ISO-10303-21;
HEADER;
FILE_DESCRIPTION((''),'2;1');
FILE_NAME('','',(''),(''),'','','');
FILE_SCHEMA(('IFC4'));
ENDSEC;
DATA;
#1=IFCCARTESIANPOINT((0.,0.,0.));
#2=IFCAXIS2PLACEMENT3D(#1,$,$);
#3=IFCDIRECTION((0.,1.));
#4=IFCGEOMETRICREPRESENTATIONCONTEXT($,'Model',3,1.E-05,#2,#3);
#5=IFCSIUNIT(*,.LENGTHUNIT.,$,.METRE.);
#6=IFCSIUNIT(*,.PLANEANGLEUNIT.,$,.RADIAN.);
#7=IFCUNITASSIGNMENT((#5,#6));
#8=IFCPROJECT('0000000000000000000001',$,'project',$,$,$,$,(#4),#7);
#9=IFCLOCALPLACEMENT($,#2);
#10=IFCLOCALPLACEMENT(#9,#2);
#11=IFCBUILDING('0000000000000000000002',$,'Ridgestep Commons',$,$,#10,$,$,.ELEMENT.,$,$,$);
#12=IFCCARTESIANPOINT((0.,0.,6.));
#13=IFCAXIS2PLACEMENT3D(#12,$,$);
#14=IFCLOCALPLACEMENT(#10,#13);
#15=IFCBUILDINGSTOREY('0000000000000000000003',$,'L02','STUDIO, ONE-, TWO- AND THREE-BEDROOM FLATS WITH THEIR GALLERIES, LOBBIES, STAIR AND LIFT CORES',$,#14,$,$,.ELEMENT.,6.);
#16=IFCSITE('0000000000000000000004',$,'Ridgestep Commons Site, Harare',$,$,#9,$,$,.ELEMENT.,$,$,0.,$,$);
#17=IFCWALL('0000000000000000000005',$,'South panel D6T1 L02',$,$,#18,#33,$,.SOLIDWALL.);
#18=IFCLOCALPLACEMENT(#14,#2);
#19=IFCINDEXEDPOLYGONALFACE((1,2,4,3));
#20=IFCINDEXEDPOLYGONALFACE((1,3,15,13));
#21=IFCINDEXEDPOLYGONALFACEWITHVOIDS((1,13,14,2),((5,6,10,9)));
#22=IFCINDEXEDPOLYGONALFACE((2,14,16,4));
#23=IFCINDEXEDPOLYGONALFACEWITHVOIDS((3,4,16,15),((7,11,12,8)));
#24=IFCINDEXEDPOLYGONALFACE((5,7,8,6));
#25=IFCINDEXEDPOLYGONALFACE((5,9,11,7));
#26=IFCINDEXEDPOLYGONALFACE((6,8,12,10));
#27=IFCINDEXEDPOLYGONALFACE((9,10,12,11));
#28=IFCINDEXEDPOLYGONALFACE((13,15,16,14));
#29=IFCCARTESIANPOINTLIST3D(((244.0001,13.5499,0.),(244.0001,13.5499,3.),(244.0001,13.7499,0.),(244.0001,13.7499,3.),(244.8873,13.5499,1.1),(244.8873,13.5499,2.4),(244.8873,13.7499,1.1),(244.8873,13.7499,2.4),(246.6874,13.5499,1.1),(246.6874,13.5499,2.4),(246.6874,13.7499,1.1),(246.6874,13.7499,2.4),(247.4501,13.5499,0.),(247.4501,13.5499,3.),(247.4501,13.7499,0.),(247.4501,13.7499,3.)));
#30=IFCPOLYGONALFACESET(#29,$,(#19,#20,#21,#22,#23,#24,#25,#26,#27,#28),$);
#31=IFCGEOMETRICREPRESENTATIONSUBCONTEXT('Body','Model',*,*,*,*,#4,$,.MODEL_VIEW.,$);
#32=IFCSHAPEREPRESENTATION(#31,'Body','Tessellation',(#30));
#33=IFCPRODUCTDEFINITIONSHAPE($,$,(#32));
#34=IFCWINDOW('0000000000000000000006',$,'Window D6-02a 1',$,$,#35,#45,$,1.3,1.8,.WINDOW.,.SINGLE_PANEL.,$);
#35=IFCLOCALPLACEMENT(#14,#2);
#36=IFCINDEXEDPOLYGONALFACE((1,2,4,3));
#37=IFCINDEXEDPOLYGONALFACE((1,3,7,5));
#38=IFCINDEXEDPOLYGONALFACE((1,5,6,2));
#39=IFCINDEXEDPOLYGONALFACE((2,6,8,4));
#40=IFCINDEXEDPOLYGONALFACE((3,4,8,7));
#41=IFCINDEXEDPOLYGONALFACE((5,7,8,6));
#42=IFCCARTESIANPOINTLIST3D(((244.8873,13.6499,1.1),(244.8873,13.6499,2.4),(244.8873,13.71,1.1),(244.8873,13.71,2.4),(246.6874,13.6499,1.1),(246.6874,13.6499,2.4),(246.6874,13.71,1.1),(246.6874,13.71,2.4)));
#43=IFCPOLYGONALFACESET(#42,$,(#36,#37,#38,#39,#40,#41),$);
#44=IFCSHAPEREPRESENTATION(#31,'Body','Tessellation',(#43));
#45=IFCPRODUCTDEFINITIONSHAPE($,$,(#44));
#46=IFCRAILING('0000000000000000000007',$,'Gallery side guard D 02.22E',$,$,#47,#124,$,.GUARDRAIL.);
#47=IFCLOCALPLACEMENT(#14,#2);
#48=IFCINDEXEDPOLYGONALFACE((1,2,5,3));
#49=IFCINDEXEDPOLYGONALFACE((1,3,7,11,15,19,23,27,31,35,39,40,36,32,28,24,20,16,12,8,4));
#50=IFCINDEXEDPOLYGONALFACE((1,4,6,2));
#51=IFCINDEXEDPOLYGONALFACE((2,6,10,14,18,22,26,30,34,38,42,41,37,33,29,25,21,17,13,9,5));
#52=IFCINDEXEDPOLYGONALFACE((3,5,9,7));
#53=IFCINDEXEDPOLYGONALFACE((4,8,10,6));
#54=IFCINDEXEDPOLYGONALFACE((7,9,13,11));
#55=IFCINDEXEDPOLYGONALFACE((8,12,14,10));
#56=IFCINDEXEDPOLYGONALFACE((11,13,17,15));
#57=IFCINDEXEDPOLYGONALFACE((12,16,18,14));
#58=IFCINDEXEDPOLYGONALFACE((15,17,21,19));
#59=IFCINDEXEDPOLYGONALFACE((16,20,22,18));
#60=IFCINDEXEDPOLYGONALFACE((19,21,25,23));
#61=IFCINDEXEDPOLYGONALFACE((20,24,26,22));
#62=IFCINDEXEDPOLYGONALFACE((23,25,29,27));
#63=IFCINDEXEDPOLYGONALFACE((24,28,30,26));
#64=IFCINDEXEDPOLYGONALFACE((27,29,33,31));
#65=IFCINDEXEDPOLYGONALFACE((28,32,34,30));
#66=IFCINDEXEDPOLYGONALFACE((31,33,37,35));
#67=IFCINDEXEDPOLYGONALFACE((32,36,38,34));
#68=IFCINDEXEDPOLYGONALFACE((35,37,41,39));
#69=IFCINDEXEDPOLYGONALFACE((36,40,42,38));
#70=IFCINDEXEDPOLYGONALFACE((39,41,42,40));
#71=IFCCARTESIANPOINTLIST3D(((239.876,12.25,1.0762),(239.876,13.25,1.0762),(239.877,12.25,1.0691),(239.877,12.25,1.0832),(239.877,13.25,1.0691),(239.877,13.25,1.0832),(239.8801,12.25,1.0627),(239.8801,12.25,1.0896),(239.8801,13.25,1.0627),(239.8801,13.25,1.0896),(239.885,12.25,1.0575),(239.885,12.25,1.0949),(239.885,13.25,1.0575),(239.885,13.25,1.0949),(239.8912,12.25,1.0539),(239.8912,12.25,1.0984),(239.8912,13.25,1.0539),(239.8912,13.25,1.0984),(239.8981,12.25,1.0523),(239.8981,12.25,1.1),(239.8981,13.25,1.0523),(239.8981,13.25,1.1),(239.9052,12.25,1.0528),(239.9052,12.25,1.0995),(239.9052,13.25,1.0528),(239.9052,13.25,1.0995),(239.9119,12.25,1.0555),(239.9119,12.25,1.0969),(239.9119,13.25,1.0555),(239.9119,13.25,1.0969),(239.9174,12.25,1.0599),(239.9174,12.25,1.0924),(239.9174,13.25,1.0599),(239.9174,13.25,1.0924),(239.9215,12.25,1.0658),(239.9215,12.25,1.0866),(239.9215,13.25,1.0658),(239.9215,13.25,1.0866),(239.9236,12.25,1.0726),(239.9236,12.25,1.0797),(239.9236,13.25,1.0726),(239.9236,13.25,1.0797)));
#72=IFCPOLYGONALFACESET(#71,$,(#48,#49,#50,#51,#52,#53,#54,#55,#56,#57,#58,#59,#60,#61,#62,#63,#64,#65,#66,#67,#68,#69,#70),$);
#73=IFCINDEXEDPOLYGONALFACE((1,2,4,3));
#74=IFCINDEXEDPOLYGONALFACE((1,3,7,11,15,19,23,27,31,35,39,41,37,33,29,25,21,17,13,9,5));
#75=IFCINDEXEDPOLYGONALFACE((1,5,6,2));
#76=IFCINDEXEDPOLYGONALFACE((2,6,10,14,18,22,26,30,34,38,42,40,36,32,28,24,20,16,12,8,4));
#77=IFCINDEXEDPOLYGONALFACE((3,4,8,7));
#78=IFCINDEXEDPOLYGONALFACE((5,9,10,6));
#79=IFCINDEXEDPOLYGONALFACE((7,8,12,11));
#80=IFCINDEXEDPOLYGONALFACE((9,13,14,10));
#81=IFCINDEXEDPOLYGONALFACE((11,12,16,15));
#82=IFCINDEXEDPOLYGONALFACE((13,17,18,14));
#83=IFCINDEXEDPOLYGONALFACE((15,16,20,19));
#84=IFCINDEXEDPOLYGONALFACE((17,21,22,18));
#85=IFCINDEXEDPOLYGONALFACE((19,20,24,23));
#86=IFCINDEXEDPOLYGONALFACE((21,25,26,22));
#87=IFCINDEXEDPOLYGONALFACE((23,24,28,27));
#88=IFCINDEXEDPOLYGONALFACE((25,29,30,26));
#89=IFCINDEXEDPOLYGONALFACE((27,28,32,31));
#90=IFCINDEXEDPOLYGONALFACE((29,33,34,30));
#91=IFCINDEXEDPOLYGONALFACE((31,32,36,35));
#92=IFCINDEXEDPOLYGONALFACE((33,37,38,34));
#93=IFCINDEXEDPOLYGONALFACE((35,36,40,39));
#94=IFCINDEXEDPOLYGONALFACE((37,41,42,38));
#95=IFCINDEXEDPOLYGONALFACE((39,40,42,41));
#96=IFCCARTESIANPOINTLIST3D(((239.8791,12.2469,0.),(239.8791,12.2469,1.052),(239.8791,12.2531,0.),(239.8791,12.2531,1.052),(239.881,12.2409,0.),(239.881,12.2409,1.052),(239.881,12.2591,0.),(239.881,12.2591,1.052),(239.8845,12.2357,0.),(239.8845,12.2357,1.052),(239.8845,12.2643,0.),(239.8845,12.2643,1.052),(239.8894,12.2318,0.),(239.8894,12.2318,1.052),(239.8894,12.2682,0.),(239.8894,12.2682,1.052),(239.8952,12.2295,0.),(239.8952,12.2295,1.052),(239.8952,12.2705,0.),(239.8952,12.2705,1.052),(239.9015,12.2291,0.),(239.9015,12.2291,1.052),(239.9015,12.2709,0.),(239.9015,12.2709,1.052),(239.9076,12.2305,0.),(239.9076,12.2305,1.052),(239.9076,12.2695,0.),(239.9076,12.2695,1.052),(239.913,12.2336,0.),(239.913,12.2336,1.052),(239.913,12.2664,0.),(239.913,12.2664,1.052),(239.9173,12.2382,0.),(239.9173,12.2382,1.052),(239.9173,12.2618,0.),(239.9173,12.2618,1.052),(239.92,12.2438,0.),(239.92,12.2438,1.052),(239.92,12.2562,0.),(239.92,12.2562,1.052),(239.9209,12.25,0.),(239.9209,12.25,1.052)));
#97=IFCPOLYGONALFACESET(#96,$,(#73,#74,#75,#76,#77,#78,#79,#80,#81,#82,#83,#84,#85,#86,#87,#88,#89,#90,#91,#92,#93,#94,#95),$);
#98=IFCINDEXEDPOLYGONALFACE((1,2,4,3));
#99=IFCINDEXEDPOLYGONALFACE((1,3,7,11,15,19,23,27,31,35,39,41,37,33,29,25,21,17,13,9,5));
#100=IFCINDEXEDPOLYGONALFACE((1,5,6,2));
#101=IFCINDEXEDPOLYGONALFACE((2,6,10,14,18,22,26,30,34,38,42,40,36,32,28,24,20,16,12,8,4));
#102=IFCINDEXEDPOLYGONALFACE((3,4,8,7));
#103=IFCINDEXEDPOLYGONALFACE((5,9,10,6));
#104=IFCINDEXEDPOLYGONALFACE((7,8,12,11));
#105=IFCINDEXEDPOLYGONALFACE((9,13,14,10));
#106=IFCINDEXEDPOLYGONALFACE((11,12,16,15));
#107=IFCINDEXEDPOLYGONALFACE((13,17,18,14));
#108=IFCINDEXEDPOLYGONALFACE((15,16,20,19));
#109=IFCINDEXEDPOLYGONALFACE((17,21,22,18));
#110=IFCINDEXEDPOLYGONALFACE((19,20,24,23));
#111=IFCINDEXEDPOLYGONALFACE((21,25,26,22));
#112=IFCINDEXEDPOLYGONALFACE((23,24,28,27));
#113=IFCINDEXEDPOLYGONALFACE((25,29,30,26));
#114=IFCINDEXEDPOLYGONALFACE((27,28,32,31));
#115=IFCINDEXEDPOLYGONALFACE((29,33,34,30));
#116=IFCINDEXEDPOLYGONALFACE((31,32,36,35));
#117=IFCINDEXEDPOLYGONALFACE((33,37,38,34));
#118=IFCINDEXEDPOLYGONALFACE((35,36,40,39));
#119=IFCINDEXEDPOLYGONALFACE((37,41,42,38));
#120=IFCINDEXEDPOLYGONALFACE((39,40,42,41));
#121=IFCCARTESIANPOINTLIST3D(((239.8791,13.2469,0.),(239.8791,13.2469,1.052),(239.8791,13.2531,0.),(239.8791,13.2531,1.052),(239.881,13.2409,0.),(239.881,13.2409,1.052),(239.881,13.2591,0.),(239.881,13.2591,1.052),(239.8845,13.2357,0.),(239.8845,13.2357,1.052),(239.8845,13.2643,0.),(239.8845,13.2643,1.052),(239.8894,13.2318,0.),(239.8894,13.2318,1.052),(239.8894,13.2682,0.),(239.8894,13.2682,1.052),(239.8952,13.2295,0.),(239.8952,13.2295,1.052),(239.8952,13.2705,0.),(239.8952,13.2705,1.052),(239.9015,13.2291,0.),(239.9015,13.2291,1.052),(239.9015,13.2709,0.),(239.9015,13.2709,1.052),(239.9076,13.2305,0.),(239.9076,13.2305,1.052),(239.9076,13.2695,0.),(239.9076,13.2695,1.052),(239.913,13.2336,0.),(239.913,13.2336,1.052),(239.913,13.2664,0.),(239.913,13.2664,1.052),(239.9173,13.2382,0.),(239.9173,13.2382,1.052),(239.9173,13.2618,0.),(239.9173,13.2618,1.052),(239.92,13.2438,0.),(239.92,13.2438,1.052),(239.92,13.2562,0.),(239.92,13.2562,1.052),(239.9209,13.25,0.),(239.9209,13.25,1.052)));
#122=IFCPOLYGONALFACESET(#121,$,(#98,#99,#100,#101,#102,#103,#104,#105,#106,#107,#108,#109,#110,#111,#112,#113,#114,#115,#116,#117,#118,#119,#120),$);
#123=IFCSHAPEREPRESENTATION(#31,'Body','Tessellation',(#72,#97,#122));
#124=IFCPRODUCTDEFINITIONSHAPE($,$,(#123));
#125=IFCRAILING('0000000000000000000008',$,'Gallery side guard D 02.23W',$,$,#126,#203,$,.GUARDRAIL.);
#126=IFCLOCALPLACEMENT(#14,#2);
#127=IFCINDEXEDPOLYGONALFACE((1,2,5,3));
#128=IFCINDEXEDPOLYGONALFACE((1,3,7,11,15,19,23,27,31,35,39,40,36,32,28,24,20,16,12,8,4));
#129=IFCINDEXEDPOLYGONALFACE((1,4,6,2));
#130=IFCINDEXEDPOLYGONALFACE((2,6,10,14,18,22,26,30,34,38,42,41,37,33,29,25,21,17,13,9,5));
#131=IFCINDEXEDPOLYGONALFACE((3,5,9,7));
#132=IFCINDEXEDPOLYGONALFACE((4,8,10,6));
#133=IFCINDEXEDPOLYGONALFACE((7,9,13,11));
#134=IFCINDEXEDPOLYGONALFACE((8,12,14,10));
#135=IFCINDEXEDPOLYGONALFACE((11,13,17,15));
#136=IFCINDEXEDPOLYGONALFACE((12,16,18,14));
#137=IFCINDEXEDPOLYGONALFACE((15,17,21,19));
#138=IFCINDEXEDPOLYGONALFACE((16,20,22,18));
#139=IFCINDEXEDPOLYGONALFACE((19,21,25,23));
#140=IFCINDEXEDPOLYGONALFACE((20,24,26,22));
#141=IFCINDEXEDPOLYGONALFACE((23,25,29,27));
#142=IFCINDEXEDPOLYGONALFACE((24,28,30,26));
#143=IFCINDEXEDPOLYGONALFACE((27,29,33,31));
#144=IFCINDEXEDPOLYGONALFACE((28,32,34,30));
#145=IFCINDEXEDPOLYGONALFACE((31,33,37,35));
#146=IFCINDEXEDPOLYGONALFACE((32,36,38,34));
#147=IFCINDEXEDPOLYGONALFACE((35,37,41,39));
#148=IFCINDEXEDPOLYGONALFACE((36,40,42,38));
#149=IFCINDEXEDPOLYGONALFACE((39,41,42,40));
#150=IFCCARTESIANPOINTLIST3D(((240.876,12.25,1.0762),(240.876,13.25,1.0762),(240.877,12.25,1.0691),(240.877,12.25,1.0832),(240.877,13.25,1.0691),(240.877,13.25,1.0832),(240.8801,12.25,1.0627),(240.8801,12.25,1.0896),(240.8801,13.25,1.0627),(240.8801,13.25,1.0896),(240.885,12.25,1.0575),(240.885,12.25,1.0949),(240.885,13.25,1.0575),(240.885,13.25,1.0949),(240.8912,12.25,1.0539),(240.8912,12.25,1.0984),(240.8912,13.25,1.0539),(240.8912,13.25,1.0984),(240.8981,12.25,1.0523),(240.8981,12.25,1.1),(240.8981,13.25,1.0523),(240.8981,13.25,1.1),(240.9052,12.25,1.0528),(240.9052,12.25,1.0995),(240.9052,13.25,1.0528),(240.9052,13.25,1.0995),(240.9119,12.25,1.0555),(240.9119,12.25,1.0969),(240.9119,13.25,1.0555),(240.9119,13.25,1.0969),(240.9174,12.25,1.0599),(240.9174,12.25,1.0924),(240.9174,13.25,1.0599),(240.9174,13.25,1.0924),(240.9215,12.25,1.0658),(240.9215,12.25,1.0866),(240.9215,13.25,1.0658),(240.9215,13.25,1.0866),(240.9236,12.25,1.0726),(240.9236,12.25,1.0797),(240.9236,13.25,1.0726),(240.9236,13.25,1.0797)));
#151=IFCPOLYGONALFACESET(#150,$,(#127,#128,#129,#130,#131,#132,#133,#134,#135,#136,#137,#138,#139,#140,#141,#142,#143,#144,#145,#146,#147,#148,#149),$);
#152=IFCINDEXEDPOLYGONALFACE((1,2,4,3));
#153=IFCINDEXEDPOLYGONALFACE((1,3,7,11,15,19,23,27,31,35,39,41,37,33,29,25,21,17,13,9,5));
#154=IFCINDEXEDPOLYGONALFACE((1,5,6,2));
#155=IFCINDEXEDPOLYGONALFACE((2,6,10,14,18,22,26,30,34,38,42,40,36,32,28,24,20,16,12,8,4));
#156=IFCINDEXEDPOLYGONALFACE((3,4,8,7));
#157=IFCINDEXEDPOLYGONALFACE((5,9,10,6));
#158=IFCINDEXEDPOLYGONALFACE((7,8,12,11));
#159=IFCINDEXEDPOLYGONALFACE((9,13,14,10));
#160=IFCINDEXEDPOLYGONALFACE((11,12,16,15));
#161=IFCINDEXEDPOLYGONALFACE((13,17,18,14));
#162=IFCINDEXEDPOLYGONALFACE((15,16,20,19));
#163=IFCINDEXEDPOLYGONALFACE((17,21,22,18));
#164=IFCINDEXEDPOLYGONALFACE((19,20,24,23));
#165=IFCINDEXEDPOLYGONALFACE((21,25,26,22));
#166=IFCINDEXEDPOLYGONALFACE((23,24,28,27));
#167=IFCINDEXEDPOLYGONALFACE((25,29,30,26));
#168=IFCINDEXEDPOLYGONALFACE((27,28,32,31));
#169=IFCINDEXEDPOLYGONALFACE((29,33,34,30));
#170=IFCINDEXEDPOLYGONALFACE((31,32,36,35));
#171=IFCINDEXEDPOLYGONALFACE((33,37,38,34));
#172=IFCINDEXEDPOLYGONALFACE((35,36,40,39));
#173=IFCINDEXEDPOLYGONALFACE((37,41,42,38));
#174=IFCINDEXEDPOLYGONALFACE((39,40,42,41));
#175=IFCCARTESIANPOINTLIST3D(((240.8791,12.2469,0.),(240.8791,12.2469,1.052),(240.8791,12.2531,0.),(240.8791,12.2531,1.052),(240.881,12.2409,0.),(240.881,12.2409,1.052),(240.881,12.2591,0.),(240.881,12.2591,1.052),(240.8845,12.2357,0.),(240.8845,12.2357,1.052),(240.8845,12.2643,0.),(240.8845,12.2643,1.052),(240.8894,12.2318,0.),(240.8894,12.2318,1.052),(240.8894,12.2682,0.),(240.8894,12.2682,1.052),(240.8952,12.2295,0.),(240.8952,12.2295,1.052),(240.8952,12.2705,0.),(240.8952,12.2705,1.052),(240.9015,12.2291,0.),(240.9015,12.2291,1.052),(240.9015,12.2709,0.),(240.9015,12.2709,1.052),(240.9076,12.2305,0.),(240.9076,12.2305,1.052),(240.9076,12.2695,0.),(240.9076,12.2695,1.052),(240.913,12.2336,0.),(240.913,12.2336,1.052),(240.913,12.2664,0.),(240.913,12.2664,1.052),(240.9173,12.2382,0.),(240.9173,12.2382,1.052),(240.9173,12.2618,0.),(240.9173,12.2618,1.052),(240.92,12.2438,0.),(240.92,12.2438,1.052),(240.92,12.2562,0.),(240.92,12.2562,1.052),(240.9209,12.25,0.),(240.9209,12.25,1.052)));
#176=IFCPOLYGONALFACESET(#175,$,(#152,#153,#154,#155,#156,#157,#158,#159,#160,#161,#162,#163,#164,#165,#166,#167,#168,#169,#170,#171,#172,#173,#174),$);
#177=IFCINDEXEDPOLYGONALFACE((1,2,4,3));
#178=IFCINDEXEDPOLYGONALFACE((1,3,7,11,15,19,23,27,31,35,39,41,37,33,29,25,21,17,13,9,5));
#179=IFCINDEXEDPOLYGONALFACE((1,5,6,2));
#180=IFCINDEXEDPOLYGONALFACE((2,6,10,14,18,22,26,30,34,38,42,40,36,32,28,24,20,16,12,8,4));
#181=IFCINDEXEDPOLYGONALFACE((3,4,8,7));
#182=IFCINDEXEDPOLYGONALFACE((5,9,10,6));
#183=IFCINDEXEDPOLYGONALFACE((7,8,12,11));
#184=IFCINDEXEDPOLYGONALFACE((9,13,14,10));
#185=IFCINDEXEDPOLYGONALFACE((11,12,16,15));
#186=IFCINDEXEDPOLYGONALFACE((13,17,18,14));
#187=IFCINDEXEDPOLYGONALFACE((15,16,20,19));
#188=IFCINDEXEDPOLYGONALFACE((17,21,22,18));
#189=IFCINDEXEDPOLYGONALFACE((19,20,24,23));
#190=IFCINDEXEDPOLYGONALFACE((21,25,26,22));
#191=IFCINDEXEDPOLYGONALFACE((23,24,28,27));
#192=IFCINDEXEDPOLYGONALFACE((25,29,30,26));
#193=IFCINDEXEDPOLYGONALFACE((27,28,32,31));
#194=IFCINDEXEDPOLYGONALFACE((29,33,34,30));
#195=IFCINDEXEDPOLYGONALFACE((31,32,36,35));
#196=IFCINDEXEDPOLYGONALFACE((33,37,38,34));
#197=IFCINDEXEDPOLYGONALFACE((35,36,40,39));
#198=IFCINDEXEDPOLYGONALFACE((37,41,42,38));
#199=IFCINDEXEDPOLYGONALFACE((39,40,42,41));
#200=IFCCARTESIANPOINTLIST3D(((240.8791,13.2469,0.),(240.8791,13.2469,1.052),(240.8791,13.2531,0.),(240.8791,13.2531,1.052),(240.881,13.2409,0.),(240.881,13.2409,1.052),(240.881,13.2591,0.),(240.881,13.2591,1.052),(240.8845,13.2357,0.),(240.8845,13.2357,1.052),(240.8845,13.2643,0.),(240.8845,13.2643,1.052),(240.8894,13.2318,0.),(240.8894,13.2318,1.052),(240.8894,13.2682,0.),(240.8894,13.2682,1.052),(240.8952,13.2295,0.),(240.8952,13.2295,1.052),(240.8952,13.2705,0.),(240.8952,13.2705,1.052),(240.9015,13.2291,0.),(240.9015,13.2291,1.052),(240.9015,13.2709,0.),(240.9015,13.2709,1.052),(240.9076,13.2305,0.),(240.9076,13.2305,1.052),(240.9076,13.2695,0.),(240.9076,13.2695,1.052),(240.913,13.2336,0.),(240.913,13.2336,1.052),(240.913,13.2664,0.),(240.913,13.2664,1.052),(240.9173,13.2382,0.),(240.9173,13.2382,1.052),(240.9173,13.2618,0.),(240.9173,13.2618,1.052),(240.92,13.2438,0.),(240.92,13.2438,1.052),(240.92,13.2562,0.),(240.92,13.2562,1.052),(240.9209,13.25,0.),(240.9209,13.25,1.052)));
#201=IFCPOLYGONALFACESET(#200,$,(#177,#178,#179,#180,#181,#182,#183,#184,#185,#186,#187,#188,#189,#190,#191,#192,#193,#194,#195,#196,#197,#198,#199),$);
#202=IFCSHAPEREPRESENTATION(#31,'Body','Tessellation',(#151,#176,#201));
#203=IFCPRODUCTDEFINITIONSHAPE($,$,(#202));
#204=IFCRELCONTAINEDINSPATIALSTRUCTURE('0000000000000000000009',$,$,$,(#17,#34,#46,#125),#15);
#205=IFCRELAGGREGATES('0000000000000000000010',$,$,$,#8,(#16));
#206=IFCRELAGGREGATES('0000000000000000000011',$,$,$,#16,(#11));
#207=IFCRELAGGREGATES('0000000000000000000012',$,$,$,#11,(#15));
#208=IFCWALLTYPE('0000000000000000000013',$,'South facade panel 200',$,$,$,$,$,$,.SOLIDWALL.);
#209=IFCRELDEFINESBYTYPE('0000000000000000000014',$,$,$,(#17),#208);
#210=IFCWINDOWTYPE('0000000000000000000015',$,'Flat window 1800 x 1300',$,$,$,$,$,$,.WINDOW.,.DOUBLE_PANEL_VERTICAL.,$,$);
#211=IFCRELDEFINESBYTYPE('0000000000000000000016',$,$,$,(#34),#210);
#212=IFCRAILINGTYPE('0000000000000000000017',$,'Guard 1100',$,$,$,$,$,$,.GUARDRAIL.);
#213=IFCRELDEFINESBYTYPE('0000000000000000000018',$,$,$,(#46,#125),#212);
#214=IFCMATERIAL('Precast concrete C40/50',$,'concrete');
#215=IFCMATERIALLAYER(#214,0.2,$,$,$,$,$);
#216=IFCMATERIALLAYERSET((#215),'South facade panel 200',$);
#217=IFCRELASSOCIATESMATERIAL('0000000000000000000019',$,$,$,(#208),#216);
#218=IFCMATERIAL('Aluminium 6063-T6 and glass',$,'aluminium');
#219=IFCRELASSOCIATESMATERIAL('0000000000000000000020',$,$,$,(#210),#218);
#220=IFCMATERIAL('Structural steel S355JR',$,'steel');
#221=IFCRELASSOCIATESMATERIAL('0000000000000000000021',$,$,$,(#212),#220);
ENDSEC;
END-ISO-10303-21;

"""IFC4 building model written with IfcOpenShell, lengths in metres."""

from ifc_helpers import new_model, si_unit, direction, frame, frame_2d, origin, origin_2d, place, context, subcontext, project, spatial, rectangle, circle, extrude, material, layer, layer_set, type_object, element, fill, save


model = new_model("IFC4")

# Units and contexts
model_context = context("Model", 3, precision=1e-05, world=origin(), true_north=direction((0.0, 1.0)))
body_context = subcontext(model_context, "Body", "Model", "MODEL_VIEW")
ifc_project = project(units=[si_unit("LENGTHUNIT", "METRE"), si_unit("PLANEANGLEUNIT", "RADIAN")], contexts=[model_context])

# Site, building, storey
site_placement = place(None, origin())
site = spatial("IfcSite", under=ifc_project, at=site_placement, Name="Ridgestep Commons Site, Harare", CompositionType="ELEMENT", RefElevation=0.0)
building_placement = place(site_placement, origin())
building = spatial("IfcBuilding", under=site, at=building_placement, Name="Ridgestep Commons", CompositionType="ELEMENT")
storey_placement = place(building_placement, frame((0.0, 0.0, 6.0)))
storey = spatial("IfcBuildingStorey", under=building, at=storey_placement, Name="L02", Description="STUDIO, ONE-, TWO- AND THREE-BEDROOM FLATS WITH THEIR GALLERIES, LOBBIES, STAIR AND LIFT CORES", CompositionType="ELEMENT", Elevation=6.0)

# Shared definitions
ifc_material_1 = material(Name="Precast concrete C40/50", Category="concrete")
ifc_layer_1 = layer(ifc_material_1, 0.2)
ifc_layer_set_1 = layer_set([ifc_layer_1], Name="South facade panel 200")
wall_type_1 = type_object("IfcWallType", Name="South facade panel 200", PredefinedType="SOLIDWALL", material=ifc_layer_set_1)

# Wall, opening, window
wall_1_placement = place(storey_placement, frame((244.0, 13.6499, 0.0), z_axis=(0.0, 0.0, 1.0), x_axis=(1.0, 0.0, 0.0)))
wall_1 = element("IfcWall", 1, at=wall_1_placement, inside=storey, type_object=wall_type_1, Name="South panel D6T1 L02", PredefinedType="SOLIDWALL", context=body_context, shape_type="SweptSolid", body=[
    extrude(rectangle(XDim=3.45, YDim=0.2, at=frame_2d((1.7251, 0.0))), origin(), (0.0, 0.0, 1.0), 3.0),
])
opening_1_placement = place(wall_1_placement, frame((0.8875, 0.0, 1.1001)))
opening_1 = element("IfcOpeningElement", 2, at=opening_1_placement, cuts=wall_1, PredefinedType="OPENING", context=body_context, shape_type="SweptSolid", body=[
    extrude(rectangle(XDim=1.8, YDim=1.3, at=frame_2d((0.8999, 0.6499))), frame((0.0, 0.1099, 0.0), z_axis=(0.0, -1.0, 0.0), x_axis=(1.0, 0.0, 0.0)), (0.0, 0.0, 1.0), 0.22),
])
ifc_material_2 = material(Name="Aluminium 6063-T6 and glass", Category="aluminium")
window_type_1 = type_object("IfcWindowType", Name="Flat window 1800 x 1300", PartitioningType="DOUBLE_PANEL_VERTICAL", PredefinedType="WINDOW", material=ifc_material_2)
window_1_placement = place(opening_1_placement, origin())
window_1 = element("IfcWindow", 3, at=window_1_placement, inside=storey, type_object=window_type_1, Name="Window D6-02a 1", OverallHeight=1.3, OverallWidth=1.8, PartitioningType="SINGLE_PANEL", PredefinedType="WINDOW", context=body_context, shape_type="SweptSolid", body=[
    extrude(rectangle(XDim=1.8, YDim=1.3, at=frame_2d((0.8999, 0.6499))), frame((0.0, 0.0601, 0.0), z_axis=(0.0, -1.0, 0.0), x_axis=(1.0, 0.0, 0.0)), (0.0, 0.0, 1.0), 0.0601),
])
fill(opening_1, window_1)

# Railings
ifc_material_3 = material(Name="Structural steel S355JR", Category="steel")
railing_type = type_object("IfcRailingType", Name="Guard 1100", PredefinedType="GUARDRAIL", material=ifc_material_3)
for number, where, name in (
    (4, (239.8999, 12.25, 0.0), "Gallery side guard D 02.22E"),
    (5, (240.8999, 12.25, 0.0), "Gallery side guard D 02.23W"),
):
    element("IfcRailing", number, at=place(storey_placement, frame(where)), inside=storey, type_object=railing_type, Name=name, PredefinedType="GUARDRAIL", context=body_context, shape_type="SweptSolid", body=[
        extrude(circle(Radius=0.0239, at=origin_2d()), frame((0.0, 0.0, 1.0762), z_axis=(0.0, 1.0, 0.0), x_axis=(-1.0, 0.0, 0.0)), (0.0, 0.0, 1.0), 1.0),
        extrude(circle(Radius=0.021, at=origin_2d()), origin(), (0.0, 0.0, 1.0), 1.052),
        extrude(circle(Radius=0.021, at=origin_2d()), frame((0.0, 1.0, 0.0)), (0.0, 0.0, 1.0), 1.052),
    ])

save(model, "model.ifc")
